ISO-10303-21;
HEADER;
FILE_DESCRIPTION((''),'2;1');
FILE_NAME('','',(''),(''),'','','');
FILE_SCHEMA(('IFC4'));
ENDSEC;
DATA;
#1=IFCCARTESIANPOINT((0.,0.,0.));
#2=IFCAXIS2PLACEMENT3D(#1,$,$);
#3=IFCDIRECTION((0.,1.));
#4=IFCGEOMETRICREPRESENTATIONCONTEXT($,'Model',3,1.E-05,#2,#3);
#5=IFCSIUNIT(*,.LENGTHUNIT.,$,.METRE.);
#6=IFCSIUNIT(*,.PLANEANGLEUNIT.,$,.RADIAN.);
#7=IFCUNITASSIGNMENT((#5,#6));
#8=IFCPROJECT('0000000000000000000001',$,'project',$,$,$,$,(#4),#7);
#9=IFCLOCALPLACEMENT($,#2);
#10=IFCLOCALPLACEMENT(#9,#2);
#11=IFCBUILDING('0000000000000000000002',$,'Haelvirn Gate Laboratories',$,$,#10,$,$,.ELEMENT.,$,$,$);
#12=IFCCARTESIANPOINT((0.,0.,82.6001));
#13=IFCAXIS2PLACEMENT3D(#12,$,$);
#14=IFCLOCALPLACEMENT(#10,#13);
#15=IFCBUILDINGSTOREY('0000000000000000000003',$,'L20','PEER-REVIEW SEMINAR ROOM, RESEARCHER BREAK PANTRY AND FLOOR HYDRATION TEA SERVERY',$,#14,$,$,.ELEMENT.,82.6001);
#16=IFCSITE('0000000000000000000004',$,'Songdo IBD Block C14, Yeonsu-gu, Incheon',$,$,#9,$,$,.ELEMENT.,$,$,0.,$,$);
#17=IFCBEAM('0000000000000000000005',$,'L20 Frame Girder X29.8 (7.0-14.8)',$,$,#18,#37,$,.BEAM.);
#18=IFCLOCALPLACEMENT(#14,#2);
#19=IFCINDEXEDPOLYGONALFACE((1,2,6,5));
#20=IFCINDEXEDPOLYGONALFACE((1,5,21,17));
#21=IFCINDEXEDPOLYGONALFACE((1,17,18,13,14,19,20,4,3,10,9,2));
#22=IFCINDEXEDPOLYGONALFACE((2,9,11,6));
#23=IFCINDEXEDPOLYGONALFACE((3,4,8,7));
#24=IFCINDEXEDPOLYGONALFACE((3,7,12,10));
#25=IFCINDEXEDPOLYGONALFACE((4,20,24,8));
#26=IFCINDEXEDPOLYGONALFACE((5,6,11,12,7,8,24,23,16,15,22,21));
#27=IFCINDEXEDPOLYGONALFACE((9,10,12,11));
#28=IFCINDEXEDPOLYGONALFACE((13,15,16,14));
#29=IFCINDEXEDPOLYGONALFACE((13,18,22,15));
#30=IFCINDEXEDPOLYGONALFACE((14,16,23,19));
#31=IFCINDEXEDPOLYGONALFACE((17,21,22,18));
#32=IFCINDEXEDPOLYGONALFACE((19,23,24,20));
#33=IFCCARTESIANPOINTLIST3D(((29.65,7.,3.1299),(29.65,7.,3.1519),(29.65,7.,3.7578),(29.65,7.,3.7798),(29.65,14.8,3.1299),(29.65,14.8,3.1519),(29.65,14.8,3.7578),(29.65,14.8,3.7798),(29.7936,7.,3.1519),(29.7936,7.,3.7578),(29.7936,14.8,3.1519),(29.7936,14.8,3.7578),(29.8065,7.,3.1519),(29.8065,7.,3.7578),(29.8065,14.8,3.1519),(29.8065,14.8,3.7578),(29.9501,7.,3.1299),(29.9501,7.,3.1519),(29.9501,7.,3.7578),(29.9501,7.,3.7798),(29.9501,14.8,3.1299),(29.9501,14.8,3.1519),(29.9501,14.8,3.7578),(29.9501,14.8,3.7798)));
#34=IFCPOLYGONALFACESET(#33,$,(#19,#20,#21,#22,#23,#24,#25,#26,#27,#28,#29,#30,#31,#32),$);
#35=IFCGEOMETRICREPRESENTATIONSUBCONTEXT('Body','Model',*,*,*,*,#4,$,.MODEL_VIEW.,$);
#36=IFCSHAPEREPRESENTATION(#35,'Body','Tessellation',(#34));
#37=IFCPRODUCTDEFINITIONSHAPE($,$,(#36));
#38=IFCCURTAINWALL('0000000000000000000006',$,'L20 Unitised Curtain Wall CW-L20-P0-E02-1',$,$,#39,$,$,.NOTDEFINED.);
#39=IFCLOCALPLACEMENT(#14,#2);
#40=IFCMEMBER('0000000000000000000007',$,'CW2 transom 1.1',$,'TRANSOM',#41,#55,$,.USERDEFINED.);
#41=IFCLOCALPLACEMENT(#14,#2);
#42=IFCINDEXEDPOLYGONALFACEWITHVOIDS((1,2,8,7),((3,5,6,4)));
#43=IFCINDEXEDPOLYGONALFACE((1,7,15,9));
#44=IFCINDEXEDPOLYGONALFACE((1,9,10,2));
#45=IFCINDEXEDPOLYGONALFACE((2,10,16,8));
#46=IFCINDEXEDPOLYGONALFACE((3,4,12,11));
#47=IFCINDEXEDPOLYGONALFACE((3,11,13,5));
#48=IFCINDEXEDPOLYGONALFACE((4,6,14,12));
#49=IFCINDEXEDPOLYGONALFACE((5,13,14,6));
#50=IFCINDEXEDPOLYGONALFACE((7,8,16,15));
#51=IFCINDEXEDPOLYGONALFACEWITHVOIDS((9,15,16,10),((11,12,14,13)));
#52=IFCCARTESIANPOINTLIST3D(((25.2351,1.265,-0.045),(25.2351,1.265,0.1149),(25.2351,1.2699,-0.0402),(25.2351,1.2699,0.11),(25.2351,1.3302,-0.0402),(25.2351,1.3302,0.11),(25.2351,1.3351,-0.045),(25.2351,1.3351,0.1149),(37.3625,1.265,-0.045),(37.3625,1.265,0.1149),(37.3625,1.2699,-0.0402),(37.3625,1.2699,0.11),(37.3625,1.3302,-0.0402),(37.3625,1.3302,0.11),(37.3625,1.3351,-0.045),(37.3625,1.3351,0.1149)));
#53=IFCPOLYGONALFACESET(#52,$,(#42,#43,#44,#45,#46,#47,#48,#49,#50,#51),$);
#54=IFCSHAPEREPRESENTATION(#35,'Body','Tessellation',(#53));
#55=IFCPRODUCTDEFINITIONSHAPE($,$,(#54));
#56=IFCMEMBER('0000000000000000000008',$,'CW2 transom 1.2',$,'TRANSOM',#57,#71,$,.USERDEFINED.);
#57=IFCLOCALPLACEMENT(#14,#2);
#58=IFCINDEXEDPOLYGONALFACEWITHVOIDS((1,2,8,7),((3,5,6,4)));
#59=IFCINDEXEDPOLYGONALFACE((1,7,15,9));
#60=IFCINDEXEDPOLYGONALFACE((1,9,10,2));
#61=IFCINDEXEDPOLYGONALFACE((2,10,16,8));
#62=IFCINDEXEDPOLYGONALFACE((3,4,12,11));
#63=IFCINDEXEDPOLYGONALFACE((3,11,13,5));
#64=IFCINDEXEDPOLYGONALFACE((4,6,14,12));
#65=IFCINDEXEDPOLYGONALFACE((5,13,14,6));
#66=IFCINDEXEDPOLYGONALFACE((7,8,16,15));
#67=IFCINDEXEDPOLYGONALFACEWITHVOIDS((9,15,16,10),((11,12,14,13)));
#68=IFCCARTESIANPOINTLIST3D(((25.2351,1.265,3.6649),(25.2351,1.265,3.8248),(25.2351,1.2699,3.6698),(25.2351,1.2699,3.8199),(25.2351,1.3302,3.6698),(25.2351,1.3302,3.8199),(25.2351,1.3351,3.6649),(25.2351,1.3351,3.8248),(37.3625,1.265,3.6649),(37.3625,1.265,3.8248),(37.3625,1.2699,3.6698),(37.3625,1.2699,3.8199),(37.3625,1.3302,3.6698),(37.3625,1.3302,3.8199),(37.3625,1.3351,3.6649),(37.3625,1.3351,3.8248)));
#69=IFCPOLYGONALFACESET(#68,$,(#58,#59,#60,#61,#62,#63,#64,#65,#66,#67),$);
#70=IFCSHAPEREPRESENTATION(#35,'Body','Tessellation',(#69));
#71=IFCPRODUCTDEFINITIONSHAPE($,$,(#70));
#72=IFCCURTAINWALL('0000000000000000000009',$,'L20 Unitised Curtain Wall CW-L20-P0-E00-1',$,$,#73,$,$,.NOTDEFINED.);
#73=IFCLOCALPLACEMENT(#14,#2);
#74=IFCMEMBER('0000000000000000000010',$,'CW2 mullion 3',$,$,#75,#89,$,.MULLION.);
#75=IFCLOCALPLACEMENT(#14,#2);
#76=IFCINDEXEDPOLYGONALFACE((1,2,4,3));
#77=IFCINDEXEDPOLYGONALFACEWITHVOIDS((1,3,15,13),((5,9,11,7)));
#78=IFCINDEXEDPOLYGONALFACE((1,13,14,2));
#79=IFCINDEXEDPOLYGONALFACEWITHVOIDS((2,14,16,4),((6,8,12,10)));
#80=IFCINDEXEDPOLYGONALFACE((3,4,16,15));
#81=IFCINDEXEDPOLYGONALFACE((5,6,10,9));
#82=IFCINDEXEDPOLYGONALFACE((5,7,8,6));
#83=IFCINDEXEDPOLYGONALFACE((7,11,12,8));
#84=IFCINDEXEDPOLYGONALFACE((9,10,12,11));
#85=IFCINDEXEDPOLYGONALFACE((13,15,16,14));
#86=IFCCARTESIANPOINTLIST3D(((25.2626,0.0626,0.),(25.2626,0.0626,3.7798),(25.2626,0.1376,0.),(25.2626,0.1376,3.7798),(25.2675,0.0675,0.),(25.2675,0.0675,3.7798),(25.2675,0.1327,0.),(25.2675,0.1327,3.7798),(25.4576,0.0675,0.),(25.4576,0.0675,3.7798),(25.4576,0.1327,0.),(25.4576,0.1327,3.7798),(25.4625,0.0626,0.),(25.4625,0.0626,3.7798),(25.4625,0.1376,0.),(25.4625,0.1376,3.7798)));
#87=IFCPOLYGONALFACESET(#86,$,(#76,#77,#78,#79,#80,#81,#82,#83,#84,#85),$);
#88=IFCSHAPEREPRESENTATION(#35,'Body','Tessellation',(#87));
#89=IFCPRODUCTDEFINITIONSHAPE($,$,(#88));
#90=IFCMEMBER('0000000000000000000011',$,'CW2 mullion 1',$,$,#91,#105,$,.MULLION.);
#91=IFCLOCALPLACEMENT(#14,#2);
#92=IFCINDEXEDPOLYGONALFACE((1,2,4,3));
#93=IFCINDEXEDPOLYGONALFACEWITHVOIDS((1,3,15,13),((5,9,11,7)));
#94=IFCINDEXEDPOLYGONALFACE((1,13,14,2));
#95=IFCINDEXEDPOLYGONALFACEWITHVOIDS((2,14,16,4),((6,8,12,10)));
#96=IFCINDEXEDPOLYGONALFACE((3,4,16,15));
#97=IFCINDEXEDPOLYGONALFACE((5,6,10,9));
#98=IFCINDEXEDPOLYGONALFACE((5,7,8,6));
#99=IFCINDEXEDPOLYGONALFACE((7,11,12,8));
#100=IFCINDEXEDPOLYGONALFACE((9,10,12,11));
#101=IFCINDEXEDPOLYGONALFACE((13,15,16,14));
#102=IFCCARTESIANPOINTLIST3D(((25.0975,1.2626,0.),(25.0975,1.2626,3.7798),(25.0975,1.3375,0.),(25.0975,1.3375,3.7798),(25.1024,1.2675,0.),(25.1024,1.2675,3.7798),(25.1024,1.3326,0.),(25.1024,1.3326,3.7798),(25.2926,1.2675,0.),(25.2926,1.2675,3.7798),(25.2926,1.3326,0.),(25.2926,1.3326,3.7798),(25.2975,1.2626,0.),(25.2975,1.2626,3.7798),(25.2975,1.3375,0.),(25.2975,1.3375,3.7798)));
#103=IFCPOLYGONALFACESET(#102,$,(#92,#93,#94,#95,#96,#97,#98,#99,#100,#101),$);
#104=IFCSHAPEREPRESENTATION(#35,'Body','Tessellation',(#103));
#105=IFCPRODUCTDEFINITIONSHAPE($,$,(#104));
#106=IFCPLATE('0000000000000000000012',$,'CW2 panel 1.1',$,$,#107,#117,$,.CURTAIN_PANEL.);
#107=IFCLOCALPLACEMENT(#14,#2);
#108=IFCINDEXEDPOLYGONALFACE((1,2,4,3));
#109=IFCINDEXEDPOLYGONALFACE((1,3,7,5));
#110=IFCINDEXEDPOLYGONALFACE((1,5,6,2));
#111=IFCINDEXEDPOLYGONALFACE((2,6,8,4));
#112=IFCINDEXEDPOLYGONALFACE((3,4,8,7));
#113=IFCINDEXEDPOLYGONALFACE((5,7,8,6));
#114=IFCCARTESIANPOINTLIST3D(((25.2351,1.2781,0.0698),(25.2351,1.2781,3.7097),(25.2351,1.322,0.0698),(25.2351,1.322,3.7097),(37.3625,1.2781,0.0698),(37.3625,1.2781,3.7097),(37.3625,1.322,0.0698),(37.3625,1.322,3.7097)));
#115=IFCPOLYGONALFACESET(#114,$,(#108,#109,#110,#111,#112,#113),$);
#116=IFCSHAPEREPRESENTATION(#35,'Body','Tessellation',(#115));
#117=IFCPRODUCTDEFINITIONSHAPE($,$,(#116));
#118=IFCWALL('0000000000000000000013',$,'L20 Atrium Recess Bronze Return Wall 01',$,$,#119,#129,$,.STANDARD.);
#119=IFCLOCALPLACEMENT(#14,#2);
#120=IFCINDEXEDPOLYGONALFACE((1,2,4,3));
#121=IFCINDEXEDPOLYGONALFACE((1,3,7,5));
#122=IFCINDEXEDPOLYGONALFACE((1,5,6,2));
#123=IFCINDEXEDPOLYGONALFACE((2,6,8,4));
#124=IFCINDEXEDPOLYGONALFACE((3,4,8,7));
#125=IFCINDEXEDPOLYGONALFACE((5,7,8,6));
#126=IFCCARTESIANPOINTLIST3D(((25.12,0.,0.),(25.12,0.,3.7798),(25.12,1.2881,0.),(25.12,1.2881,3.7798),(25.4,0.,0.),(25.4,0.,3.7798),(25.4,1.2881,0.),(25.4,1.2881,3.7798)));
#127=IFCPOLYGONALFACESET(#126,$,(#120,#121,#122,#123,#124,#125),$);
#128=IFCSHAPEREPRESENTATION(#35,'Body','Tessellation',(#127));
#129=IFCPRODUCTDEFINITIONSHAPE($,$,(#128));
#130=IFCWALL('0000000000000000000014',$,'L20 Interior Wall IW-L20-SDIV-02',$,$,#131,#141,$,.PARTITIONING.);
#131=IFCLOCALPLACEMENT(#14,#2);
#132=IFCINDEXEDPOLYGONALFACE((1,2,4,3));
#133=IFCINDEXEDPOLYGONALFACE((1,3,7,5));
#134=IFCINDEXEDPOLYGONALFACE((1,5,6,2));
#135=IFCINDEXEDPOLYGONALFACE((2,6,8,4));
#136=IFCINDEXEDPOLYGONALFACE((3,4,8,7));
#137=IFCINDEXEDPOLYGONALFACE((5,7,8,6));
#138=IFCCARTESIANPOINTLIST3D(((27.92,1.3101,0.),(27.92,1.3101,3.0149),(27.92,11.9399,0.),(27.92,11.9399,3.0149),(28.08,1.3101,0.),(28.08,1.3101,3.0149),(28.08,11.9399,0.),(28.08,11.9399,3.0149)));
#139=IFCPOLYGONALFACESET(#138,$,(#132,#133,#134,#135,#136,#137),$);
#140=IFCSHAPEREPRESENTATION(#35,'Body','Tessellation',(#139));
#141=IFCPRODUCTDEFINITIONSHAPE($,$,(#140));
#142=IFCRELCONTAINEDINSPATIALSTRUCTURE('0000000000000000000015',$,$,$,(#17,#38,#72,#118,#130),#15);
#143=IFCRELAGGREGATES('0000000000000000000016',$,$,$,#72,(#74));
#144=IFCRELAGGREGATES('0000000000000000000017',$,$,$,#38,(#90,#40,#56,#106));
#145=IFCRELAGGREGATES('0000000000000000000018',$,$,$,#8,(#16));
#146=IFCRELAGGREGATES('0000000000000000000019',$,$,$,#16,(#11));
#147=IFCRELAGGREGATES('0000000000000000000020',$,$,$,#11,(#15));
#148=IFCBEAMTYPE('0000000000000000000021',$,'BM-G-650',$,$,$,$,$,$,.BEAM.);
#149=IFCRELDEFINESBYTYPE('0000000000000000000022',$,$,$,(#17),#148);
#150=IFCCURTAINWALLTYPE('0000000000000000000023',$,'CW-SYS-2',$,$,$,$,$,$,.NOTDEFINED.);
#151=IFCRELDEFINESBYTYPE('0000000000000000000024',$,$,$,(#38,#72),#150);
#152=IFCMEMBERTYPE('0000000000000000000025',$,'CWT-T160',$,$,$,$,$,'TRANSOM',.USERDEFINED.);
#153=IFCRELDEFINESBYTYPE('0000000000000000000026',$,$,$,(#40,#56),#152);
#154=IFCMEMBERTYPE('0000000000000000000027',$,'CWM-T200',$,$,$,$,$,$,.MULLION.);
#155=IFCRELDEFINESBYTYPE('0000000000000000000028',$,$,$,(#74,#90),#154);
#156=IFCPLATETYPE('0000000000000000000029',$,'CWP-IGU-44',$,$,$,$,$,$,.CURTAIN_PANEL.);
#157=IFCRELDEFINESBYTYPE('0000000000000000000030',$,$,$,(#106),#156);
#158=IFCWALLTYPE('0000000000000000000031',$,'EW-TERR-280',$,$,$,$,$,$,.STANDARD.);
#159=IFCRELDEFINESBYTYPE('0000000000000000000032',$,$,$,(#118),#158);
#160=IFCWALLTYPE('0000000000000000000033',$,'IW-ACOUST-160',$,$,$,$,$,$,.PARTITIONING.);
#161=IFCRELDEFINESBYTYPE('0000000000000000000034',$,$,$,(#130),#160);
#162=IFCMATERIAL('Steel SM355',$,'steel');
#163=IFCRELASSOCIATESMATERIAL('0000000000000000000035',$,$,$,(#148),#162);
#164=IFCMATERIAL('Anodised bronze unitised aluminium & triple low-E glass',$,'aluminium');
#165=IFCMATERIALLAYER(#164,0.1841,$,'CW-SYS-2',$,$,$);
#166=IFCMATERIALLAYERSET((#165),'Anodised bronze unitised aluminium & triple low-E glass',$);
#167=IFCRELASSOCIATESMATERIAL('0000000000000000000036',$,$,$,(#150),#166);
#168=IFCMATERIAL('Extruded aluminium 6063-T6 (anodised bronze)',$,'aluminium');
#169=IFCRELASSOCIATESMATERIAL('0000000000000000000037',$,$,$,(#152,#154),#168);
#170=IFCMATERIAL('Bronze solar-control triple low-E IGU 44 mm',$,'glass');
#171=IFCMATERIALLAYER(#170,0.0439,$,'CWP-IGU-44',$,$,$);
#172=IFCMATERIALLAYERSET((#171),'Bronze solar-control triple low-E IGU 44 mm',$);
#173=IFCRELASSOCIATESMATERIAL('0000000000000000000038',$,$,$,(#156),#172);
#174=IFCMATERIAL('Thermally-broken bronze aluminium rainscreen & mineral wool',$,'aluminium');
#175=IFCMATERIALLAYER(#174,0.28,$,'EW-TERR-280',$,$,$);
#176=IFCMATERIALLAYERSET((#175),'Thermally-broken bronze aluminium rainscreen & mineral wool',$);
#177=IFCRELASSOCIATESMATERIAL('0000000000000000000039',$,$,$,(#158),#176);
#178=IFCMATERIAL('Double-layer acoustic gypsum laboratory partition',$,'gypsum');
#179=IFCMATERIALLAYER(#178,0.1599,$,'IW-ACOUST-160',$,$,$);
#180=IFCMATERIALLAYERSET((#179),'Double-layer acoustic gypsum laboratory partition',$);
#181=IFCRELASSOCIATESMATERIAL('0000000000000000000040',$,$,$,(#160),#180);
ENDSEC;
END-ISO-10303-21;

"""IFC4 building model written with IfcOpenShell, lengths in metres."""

from ifc_helpers import new_model, si_unit, direction, frame, frame_2d, origin, origin_2d, place, context, subcontext, project, spatial, rectangle, hollow_rectangle, i_section, extrude, source, transform, mapped, material, layer, layer_set, material_profile, profile_set, type_object, type_shapes, element, aggregate, save


model = new_model("IFC4")

# Units and contexts
model_context = context("Model", 3, precision=1e-05, world=origin(), true_north=direction((0.0, 1.0)))
body_context = subcontext(model_context, "Body", "Model", "MODEL_VIEW")
ifc_project = project(units=[si_unit("LENGTHUNIT", "METRE"), si_unit("PLANEANGLEUNIT", "RADIAN")], contexts=[model_context])

# Site, building, storey
site_placement = place(None, origin())
site = spatial("IfcSite", under=ifc_project, at=site_placement, Name="Songdo IBD Block C14, Yeonsu-gu, Incheon", CompositionType="ELEMENT", RefElevation=0.0)
building_placement = place(site_placement, origin())
building = spatial("IfcBuilding", under=site, at=building_placement, Name="Haelvirn Gate Laboratories", CompositionType="ELEMENT")
storey_placement = place(building_placement, frame((0.0, 0.0, 82.6001)))
storey = spatial("IfcBuildingStorey", under=building, at=storey_placement, Name="L20", Description="PEER-REVIEW SEMINAR ROOM, RESEARCHER BREAK PANTRY AND FLOOR HYDRATION TEA SERVERY", CompositionType="ELEMENT", Elevation=82.6001)

# Beam
ifc_material_1 = material(Name="Steel SM355", Category="steel")
ifc_material_profile_1 = material_profile(ifc_material_1, i_section(OverallWidth=0.3, OverallDepth=0.6499, WebThickness=0.0129, FlangeThickness=0.022, at=origin_2d()), Name="H-650x300x13x22")
ifc_profile_set_1 = profile_set([ifc_material_profile_1], Name="Steel SM355")
beam_type_1 = type_object("IfcBeamType", Name="BM-G-650", PredefinedType="BEAM", material=ifc_profile_set_1)
shared_shape_1 = source(origin(), body_context, "Body", "SweptSolid", [
    extrude(i_section(OverallWidth=0.3, OverallDepth=0.6499, WebThickness=0.0129, FlangeThickness=0.022, at=origin_2d()), origin(), (0.0, 0.0, 1.0), 7.8),
])
type_shapes(beam_type_1, [shared_shape_1])
beam_placement = place(storey_placement, frame((29.8, 7.0, 3.4548), z_axis=(0.0, 1.0, 0.0), x_axis=(-1.0, 0.0, 0.0)))
element("IfcBeam", 1, at=beam_placement, inside=storey, type_object=beam_type_1, Name="L20 Frame Girder X29.8 (7.0-14.8)", PredefinedType="BEAM", context=body_context, shape_type="MappedRepresentation", body=[
    mapped(shared_shape_1, transform((0.0, 0.0, 0.0), scale=1.0)),
])

# Curtain wall, members
ifc_material_2 = material(Name="Anodised bronze unitised aluminium & triple low-E glass", Category="aluminium")
ifc_layer_1 = layer(ifc_material_2, 0.1841, Name="CW-SYS-2")
ifc_layer_set_1 = layer_set([ifc_layer_1], Name="Anodised bronze unitised aluminium & triple low-E glass")
curtain_wall_type = type_object("IfcCurtainWallType", Name="CW-SYS-2", PredefinedType="NOTDEFINED", material=ifc_layer_set_1)
curtain_wall_1_placement = place(storey_placement, origin())
curtain_wall_1 = element("IfcCurtainWall", 2, at=curtain_wall_1_placement, inside=storey, type_object=curtain_wall_type, Name="L20 Unitised Curtain Wall CW-L20-P0-E02-1", PredefinedType="NOTDEFINED")
ifc_material_3 = material(Name="Extruded aluminium 6063-T6 (anodised bronze)", Category="aluminium")
ifc_material_profile_2 = material_profile(ifc_material_3, hollow_rectangle(XDim=0.0701, YDim=0.1599, WallThickness=0.0049, at=origin_2d()), Name="CWT-160x70x5")
ifc_profile_set_2 = profile_set([ifc_material_profile_2], Name="Extruded aluminium 6063-T6 (anodised bronze)")
member_type_1 = type_object("IfcMemberType", Name="CWT-T160", ElementType="TRANSOM", PredefinedType="USERDEFINED", material=ifc_profile_set_2)
shared_shape_2 = source(origin(), body_context, "Body", "SweptSolid", [
    extrude(hollow_rectangle(XDim=0.0701, YDim=0.1599, WallThickness=0.0049, at=origin_2d()), origin(), (0.0, 0.0, 1.0), 12.1274),
])
type_shapes(member_type_1, [shared_shape_2])
member_1_placement = place(storey_placement, frame((25.2351, 1.3, 0.0349), z_axis=(1.0, 0.0, 0.0), x_axis=(0.0, 1.0, 0.0)))
member_1 = element("IfcMember", 3, at=member_1_placement, type_object=member_type_1, Name="CW2 transom 1.1", ObjectType="TRANSOM", PredefinedType="USERDEFINED", context=body_context, shape_type="MappedRepresentation", body=[
    mapped(shared_shape_2, transform((0.0, 0.0, 0.0), scale=1.0)),
])
member_2_placement = place(storey_placement, frame((25.2351, 1.3, 3.7449), z_axis=(1.0, 0.0, 0.0), x_axis=(0.0, 1.0, 0.0)))
member_2 = element("IfcMember", 4, at=member_2_placement, type_object=member_type_1, Name="CW2 transom 1.2", ObjectType="TRANSOM", PredefinedType="USERDEFINED", context=body_context, shape_type="MappedRepresentation", body=[
    mapped(shared_shape_2, transform((0.0, 0.0, 0.0), scale=1.0)),
])

# Curtain wall, member
curtain_wall_2_placement = place(storey_placement, origin())
curtain_wall_2 = element("IfcCurtainWall", 5, at=curtain_wall_2_placement, inside=storey, type_object=curtain_wall_type, Name="L20 Unitised Curtain Wall CW-L20-P0-E00-1", PredefinedType="NOTDEFINED")
ifc_material_profile_3 = material_profile(ifc_material_3, hollow_rectangle(XDim=0.075, YDim=0.2, WallThickness=0.0049, at=origin_2d()), Name="CWM-200x75x5")
ifc_profile_set_3 = profile_set([ifc_material_profile_3], Name="Extruded aluminium 6063-T6 (anodised bronze)")
member_type_2 = type_object("IfcMemberType", Name="CWM-T200", PredefinedType="MULLION", material=ifc_profile_set_3)
shared_shape_3 = source(origin(), body_context, "Body", "SweptSolid", [
    extrude(hollow_rectangle(XDim=0.075, YDim=0.2, WallThickness=0.0049, at=origin_2d()), origin(), (0.0, 0.0, 1.0), 3.7798),
])
type_shapes(member_type_2, [shared_shape_3])
member_3_placement = place(storey_placement, frame((25.3625, 0.1001, 0.0), z_axis=(0.0, 0.0, 1.0), x_axis=(0.0, 1.0, 0.0)))
member_3 = element("IfcMember", 6, at=member_3_placement, type_object=member_type_2, Name="CW2 mullion 3", PredefinedType="MULLION", context=body_context, shape_type="MappedRepresentation", body=[
    mapped(shared_shape_3, transform((0.0, 0.0, 0.0), scale=1.0)),
])
aggregate(curtain_wall_2, [member_3])

# Member
member_4_placement = place(storey_placement, frame((25.1975, 1.3, 0.0), z_axis=(0.0, 0.0, 1.0), x_axis=(0.0, 1.0, 0.0)))
member_4 = element("IfcMember", 7, at=member_4_placement, type_object=member_type_2, Name="CW2 mullion 1", PredefinedType="MULLION", context=body_context, shape_type="MappedRepresentation", body=[
    mapped(shared_shape_3, transform((0.0, 0.0, 0.0), scale=1.0)),
])

# Plate
ifc_material_4 = material(Name="Bronze solar-control triple low-E IGU 44 mm", Category="glass")
ifc_layer_2 = layer(ifc_material_4, 0.0439, Name="CWP-IGU-44")
ifc_layer_set_2 = layer_set([ifc_layer_2], Name="Bronze solar-control triple low-E IGU 44 mm")
plate_type = type_object("IfcPlateType", Name="CWP-IGU-44", PredefinedType="CURTAIN_PANEL", material=ifc_layer_set_2)
shared_shape_4 = source(origin(), body_context, "Body", "SweptSolid", [
    extrude(rectangle(XDim=12.1274, YDim=0.0439, at=origin_2d()), origin(), (0.0, 0.0, 1.0), 3.6399),
])
type_shapes(plate_type, [shared_shape_4])
plate_placement = place(storey_placement, frame((31.2988, 1.3, 0.0698), z_axis=(0.0, 0.0, 1.0), x_axis=(1.0, 0.0, 0.0)))
plate = element("IfcPlate", 8, at=plate_placement, type_object=plate_type, Name="CW2 panel 1.1", PredefinedType="CURTAIN_PANEL", context=body_context, shape_type="MappedRepresentation", body=[
    mapped(shared_shape_4, transform((0.0, 0.0, 0.0), scale=1.0)),
])
aggregate(curtain_wall_1, [member_4, member_1, member_2, plate])

# Walls
ifc_material_5 = material(Name="Thermally-broken bronze aluminium rainscreen & mineral wool", Category="aluminium")
ifc_layer_3 = layer(ifc_material_5, 0.28, Name="EW-TERR-280")
ifc_layer_set_3 = layer_set([ifc_layer_3], Name="Thermally-broken bronze aluminium rainscreen & mineral wool")
wall_type_1 = type_object("IfcWallType", Name="EW-TERR-280", PredefinedType="STANDARD", material=ifc_layer_set_3)
wall_1_placement = place(storey_placement, frame((25.26, 0.0, 0.0), z_axis=(0.0, 0.0, 1.0), x_axis=(0.0, 1.0, 0.0)))
element("IfcWall", 9, at=wall_1_placement, inside=storey, type_object=wall_type_1, Name="L20 Atrium Recess Bronze Return Wall 01", PredefinedType="STANDARD", context=body_context, shape_type="SweptSolid", body=[
    extrude(rectangle(XDim=1.2881, YDim=0.28, at=frame_2d((0.644, 0.0))), origin(), (0.0, 0.0, 1.0), 3.7798),
])
ifc_material_6 = material(Name="Double-layer acoustic gypsum laboratory partition", Category="gypsum")
ifc_layer_4 = layer(ifc_material_6, 0.1599, Name="IW-ACOUST-160")
ifc_layer_set_4 = layer_set([ifc_layer_4], Name="Double-layer acoustic gypsum laboratory partition")
wall_type_2 = type_object("IfcWallType", Name="IW-ACOUST-160", PredefinedType="PARTITIONING", material=ifc_layer_set_4)
wall_2_placement = place(storey_placement, frame((28.0, 1.3101, 0.0), z_axis=(0.0, 0.0, 1.0), x_axis=(0.0, 1.0, 0.0)))
element("IfcWall", 10, at=wall_2_placement, inside=storey, type_object=wall_type_2, Name="L20 Interior Wall IW-L20-SDIV-02", PredefinedType="PARTITIONING", context=body_context, shape_type="SweptSolid", body=[
    extrude(rectangle(XDim=10.6299, YDim=0.1599, at=frame_2d((5.3149, 0.0))), origin(), (0.0, 0.0, 1.0), 3.0149),
])

save(model, "model.ifc")
